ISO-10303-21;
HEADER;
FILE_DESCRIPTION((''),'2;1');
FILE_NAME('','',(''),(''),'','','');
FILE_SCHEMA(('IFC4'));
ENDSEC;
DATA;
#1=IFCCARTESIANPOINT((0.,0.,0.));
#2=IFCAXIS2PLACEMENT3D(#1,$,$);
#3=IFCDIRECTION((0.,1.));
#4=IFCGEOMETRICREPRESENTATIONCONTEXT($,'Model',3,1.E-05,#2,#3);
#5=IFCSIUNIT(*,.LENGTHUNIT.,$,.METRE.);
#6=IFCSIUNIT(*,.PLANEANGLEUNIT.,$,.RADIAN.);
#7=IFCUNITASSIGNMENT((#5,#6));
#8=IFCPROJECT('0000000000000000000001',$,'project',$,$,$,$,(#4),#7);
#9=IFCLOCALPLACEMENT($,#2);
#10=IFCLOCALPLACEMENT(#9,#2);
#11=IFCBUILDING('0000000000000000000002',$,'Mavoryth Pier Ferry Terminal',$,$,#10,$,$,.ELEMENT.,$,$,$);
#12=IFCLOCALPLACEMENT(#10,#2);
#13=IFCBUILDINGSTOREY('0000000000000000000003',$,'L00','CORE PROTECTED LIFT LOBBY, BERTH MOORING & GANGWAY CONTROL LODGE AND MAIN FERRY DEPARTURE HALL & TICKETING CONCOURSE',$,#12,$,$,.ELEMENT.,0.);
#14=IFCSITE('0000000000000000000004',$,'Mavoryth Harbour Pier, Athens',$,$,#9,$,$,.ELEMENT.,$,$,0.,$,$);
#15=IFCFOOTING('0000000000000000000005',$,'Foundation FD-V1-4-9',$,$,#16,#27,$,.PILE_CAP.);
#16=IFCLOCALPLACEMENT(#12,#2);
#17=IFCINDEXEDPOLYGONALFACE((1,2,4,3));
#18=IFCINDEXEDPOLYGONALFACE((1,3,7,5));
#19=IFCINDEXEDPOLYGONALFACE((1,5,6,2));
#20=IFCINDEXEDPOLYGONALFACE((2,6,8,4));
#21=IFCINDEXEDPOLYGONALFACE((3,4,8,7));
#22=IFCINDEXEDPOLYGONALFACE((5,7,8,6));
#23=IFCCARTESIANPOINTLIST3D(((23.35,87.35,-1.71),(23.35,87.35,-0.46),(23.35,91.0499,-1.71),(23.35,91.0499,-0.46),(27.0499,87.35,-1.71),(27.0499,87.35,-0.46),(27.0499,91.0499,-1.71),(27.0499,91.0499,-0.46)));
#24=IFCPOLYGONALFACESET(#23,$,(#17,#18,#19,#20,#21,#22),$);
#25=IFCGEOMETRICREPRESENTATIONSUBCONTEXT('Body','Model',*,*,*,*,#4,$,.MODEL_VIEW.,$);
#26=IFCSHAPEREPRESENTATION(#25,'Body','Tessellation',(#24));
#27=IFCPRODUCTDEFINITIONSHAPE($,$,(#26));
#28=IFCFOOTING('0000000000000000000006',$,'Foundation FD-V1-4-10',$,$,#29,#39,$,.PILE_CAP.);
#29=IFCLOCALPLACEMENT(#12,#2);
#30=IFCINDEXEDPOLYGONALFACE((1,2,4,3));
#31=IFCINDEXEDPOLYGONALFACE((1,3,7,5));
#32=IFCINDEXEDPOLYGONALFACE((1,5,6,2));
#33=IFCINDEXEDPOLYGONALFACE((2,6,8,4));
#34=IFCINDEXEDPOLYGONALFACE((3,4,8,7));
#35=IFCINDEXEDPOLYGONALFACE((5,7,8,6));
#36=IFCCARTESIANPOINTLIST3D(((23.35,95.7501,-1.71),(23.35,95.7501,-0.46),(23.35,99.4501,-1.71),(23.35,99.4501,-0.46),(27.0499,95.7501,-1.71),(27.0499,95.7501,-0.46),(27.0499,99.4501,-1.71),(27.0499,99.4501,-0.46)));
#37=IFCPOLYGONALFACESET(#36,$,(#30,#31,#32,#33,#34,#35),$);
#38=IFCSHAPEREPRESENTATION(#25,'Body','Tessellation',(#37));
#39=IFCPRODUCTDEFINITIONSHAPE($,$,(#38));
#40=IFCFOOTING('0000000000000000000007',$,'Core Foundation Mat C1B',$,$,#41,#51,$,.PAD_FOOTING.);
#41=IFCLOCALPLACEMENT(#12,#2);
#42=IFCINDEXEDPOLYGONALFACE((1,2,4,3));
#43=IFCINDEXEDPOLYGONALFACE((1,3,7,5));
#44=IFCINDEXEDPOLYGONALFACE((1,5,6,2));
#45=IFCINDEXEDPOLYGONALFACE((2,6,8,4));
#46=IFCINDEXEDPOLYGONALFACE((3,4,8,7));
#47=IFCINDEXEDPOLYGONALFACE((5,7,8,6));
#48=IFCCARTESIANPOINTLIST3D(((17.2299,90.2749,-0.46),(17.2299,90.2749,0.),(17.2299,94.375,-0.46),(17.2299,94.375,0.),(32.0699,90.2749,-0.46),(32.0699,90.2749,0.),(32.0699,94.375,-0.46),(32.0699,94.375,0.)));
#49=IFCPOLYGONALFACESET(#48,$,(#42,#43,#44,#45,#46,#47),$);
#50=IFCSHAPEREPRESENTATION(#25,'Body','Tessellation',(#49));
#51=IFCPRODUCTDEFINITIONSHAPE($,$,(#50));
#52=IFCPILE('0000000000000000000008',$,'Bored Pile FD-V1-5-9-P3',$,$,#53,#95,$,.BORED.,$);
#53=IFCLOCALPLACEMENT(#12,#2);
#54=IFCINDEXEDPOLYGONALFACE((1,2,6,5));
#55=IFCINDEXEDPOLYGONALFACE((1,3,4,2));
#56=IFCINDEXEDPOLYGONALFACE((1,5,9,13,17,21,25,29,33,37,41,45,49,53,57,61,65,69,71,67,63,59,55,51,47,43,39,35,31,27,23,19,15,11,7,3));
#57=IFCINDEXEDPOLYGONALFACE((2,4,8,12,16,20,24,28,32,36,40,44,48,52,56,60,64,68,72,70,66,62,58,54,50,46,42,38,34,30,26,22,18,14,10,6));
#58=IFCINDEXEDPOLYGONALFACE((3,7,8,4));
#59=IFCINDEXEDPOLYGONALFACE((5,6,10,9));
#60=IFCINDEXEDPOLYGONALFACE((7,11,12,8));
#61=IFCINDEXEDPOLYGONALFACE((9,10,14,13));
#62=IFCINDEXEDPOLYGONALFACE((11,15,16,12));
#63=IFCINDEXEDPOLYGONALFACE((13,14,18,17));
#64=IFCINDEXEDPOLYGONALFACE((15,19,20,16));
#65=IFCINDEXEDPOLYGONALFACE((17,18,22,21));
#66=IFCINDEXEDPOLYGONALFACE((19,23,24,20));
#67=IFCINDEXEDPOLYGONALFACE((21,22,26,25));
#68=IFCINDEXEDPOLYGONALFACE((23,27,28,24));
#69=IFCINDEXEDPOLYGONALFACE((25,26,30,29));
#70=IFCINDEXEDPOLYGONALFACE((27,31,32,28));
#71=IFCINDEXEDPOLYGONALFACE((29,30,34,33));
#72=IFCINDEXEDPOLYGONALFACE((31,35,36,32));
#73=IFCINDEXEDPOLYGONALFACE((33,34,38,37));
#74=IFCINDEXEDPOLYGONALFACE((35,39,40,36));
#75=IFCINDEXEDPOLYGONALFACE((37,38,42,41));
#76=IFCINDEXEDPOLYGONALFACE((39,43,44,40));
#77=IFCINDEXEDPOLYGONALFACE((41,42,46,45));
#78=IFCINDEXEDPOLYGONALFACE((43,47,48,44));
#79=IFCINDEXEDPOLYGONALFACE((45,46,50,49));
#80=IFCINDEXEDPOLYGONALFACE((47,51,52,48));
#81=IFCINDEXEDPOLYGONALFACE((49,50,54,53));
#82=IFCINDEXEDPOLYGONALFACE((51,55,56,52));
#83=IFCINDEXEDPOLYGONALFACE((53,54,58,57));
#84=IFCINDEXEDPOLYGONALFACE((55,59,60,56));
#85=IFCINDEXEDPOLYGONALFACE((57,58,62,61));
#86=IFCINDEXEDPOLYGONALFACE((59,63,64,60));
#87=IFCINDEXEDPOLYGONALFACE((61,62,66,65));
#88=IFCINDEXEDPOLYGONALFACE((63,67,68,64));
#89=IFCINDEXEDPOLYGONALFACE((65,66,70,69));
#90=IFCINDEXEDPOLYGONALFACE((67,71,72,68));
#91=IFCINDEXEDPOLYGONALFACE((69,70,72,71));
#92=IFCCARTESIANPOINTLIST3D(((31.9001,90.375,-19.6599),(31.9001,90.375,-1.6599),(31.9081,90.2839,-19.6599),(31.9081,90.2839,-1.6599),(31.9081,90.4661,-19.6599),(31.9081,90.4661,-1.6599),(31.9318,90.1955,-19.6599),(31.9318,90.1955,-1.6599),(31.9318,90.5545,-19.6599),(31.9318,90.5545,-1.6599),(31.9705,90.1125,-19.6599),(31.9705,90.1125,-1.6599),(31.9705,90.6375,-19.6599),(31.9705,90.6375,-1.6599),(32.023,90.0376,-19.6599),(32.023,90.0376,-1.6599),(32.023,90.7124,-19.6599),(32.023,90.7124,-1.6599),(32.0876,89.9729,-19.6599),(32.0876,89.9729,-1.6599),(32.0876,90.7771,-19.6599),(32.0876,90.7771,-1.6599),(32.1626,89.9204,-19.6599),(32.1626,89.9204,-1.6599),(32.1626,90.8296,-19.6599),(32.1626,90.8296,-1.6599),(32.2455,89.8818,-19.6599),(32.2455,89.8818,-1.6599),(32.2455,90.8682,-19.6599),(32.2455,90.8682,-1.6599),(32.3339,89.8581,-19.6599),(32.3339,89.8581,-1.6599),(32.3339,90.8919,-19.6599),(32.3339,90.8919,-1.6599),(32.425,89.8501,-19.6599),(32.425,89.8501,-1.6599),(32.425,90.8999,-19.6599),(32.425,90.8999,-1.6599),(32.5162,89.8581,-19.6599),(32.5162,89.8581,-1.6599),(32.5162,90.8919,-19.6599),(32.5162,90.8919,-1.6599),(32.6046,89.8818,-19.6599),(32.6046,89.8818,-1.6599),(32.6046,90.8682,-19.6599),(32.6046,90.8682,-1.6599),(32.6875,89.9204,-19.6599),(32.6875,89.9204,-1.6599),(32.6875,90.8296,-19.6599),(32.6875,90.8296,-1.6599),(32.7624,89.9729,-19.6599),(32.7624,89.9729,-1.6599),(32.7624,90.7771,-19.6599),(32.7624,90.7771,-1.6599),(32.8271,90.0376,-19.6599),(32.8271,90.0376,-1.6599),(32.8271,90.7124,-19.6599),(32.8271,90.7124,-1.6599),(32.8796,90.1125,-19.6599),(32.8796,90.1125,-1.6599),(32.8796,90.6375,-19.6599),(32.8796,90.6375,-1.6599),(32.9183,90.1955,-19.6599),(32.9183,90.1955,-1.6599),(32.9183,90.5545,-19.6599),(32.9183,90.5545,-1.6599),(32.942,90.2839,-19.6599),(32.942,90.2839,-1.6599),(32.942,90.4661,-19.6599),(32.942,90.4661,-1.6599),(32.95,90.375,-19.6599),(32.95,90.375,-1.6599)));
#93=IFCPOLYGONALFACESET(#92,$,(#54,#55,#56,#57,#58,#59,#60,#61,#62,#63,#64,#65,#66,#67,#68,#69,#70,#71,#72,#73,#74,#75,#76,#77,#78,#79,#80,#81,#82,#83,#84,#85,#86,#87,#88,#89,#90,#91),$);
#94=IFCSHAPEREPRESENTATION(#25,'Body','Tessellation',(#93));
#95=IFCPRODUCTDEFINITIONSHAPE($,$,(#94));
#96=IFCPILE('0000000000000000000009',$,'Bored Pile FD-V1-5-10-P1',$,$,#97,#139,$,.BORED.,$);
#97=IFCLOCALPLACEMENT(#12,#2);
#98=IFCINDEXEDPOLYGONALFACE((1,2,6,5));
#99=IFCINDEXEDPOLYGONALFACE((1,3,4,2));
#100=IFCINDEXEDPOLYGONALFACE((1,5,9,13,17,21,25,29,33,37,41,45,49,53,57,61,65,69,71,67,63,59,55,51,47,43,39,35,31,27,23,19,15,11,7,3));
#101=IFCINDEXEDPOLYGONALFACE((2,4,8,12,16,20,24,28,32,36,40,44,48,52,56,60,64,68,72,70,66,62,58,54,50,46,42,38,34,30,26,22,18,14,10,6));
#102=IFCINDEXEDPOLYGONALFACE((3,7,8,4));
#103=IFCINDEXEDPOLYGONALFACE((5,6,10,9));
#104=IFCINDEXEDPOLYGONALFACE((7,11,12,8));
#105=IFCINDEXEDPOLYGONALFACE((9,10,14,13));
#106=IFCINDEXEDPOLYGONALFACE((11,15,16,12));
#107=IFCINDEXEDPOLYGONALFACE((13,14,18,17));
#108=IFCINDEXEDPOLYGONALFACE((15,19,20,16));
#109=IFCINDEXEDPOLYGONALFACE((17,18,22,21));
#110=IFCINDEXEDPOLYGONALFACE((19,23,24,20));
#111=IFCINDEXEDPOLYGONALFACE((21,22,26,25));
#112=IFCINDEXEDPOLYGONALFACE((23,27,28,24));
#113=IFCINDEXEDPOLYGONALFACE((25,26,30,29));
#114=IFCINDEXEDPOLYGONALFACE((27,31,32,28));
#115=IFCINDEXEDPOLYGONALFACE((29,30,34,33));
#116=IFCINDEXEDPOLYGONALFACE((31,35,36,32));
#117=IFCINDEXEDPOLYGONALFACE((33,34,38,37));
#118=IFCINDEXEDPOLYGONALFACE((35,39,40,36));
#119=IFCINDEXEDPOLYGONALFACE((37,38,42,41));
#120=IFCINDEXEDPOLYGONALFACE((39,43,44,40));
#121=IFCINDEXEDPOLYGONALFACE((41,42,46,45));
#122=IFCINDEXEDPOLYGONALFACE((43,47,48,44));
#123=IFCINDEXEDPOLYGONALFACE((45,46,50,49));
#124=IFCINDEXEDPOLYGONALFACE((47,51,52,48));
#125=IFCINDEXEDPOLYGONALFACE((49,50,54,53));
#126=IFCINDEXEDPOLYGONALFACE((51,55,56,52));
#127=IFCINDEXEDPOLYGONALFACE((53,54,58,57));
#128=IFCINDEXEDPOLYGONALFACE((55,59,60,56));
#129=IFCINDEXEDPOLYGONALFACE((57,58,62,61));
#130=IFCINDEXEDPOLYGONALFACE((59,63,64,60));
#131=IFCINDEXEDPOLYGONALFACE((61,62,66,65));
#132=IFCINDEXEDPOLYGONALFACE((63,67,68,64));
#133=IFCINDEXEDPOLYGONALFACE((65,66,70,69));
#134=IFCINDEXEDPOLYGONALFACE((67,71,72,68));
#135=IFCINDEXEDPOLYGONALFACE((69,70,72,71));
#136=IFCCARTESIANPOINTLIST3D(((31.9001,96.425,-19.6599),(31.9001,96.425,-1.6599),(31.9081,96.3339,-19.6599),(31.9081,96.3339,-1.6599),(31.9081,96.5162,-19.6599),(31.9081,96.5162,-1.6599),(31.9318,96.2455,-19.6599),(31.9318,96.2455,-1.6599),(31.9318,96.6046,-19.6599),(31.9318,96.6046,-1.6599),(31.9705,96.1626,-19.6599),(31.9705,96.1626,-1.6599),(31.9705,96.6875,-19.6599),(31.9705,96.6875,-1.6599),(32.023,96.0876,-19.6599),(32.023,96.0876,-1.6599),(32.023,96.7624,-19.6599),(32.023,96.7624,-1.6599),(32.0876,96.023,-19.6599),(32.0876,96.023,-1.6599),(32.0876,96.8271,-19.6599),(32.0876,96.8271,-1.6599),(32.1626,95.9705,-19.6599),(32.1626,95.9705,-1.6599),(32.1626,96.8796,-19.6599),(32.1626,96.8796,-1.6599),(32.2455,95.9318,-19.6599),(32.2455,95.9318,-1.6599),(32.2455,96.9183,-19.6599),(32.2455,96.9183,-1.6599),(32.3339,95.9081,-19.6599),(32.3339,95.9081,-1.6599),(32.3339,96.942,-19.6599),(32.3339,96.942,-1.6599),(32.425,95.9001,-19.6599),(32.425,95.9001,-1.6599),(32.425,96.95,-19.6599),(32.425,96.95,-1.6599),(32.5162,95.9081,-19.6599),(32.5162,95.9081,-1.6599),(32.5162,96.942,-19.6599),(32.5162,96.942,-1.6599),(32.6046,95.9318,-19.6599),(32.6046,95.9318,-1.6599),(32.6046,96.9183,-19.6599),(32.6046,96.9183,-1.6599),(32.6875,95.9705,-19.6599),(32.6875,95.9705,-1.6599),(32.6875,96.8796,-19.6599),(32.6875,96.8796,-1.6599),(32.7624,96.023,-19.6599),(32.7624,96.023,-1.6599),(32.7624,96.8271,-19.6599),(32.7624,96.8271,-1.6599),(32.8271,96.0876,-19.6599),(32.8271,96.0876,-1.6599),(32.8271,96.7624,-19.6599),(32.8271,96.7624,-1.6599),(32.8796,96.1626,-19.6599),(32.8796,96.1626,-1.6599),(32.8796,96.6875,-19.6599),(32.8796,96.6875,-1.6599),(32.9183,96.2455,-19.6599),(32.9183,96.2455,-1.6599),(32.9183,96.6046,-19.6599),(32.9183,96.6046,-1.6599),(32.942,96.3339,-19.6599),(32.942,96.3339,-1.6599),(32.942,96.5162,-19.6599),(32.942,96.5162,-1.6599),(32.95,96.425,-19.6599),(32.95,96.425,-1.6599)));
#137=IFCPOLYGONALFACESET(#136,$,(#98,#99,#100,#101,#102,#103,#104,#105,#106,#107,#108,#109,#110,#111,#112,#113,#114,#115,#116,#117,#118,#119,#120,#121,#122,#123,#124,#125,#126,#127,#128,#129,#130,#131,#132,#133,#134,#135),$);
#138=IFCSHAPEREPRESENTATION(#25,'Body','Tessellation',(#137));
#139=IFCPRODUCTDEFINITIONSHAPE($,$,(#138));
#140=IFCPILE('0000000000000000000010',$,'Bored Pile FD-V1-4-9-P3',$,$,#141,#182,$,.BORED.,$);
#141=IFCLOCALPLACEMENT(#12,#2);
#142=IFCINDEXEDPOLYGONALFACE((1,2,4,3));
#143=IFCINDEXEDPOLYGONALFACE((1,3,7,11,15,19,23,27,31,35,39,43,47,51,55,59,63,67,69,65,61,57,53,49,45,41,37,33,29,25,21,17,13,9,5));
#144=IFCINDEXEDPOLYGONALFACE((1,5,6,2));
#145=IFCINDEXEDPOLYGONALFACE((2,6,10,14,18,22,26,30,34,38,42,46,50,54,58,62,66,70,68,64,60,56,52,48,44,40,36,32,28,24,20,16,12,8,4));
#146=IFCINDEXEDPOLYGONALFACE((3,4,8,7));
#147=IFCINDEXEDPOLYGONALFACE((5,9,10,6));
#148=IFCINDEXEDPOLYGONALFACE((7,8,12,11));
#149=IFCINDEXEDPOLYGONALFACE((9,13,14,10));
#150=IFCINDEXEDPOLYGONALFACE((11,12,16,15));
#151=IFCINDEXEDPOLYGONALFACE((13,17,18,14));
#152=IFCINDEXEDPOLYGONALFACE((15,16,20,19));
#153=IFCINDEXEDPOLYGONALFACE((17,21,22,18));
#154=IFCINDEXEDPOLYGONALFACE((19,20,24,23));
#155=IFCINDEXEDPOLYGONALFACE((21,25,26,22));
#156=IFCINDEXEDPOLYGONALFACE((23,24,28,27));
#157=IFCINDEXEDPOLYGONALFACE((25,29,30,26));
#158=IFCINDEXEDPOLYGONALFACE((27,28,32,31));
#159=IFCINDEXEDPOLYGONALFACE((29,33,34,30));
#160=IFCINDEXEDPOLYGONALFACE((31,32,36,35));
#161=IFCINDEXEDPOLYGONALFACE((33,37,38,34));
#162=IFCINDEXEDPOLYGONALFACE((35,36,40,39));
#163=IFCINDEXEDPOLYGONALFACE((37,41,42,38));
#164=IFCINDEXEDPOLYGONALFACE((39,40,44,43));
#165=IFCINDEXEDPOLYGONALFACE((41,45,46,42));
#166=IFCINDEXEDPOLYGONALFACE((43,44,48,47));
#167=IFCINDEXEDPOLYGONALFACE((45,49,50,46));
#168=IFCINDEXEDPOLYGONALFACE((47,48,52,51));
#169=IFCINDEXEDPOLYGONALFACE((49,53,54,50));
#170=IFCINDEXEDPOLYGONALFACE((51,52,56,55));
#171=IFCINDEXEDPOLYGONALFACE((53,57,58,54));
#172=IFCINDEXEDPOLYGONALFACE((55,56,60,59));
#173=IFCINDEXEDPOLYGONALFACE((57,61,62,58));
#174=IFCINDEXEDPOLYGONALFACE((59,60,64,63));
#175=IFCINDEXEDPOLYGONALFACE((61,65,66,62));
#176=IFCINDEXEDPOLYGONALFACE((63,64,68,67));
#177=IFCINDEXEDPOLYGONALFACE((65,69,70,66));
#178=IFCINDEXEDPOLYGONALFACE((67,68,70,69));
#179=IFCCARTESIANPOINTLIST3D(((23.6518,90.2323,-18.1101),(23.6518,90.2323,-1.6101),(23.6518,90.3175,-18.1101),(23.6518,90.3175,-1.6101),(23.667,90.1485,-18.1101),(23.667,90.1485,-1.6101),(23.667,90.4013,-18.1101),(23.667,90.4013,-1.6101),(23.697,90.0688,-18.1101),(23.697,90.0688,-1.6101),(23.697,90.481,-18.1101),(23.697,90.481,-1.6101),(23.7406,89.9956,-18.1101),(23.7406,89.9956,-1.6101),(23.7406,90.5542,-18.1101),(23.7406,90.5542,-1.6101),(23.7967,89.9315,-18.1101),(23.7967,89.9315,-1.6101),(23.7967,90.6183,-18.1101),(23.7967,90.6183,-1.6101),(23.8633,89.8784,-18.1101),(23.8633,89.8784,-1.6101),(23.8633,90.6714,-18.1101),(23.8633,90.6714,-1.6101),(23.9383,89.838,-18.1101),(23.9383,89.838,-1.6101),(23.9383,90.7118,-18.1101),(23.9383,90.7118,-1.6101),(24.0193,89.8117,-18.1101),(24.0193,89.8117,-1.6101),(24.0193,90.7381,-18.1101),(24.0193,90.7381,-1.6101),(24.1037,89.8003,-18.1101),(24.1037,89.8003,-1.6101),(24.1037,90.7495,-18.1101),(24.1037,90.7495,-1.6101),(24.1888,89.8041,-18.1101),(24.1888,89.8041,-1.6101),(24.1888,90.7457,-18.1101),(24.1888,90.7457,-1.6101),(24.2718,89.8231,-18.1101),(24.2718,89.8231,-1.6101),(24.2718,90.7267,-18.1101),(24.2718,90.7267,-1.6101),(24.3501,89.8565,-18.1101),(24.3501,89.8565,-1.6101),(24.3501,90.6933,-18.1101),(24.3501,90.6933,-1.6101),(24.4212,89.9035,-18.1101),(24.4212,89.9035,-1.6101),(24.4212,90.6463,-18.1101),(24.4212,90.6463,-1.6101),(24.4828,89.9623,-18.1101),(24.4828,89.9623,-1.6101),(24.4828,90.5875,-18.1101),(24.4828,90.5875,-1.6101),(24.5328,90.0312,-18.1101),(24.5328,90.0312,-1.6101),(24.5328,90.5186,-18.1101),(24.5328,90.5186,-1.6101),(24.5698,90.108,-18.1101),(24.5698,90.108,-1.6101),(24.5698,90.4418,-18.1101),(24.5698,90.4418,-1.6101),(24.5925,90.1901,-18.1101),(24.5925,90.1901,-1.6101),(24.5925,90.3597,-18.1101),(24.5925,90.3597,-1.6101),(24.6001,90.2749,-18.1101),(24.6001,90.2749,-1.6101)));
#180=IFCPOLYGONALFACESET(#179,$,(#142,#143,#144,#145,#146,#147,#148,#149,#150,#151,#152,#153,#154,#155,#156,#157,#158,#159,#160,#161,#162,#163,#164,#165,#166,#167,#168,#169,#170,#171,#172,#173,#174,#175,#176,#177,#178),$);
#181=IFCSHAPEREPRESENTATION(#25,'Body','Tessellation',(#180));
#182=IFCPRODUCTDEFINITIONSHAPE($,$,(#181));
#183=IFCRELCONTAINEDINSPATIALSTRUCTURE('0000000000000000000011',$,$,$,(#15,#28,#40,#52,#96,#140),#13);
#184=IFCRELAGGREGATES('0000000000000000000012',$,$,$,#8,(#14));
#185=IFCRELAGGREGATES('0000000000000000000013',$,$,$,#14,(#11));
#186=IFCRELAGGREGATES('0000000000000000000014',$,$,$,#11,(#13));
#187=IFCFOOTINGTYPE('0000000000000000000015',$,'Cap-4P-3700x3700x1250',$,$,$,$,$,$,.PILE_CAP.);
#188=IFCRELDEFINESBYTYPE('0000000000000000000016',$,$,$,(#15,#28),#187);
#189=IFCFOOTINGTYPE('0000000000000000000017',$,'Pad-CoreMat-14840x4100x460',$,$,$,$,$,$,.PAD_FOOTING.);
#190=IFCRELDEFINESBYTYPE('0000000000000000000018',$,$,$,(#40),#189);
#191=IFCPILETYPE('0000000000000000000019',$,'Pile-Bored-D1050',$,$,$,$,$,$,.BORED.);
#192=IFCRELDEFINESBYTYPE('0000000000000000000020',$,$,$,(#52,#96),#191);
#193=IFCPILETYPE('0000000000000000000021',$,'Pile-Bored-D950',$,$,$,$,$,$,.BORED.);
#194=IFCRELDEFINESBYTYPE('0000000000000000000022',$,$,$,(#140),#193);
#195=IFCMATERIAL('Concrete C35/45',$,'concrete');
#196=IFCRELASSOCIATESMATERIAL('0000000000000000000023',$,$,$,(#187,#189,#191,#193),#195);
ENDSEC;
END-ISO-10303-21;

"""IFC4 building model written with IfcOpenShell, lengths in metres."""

from ifc_helpers import new_model, si_unit, direction, frame, origin, origin_2d, place, context, subcontext, project, spatial, rectangle, circle, extrude, material, material_profile, profile_set, type_object, element, save


model = new_model("IFC4")

# Units and contexts
model_context = context("Model", 3, precision=1e-05, world=origin(), true_north=direction((0.0, 1.0)))
body_context = subcontext(model_context, "Body", "Model", "MODEL_VIEW")
ifc_project = project(units=[si_unit("LENGTHUNIT", "METRE"), si_unit("PLANEANGLEUNIT", "RADIAN")], contexts=[model_context])

# Site, building, storey
site_placement = place(None, origin())
site = spatial("IfcSite", under=ifc_project, at=site_placement, Name="Mavoryth Harbour Pier, Athens", CompositionType="ELEMENT", RefElevation=0.0)
building_placement = place(site_placement, origin())
building = spatial("IfcBuilding", under=site, at=building_placement, Name="Mavoryth Pier Ferry Terminal", CompositionType="ELEMENT")
storey_placement = place(building_placement, origin())
storey = spatial("IfcBuildingStorey", under=building, at=storey_placement, Name="L00", Description="CORE PROTECTED LIFT LOBBY, BERTH MOORING & GANGWAY CONTROL LODGE AND MAIN FERRY DEPARTURE HALL & TICKETING CONCOURSE", CompositionType="ELEMENT", Elevation=0.0)

# Footings
ifc_material_1 = material(Name="Concrete C35/45", Category="concrete")
footing_type_1 = type_object("IfcFootingType", Name="Cap-4P-3700x3700x1250", PredefinedType="PILE_CAP", material=ifc_material_1)
for number, where, z_axis, x_axis, name in (
    (1, (25.2, 89.2, -1.71), (0.0, 0.0, 1.0), (1.0, 0.0, 0.0), "Foundation FD-V1-4-9"),
    (2, (25.2, 97.6001, -1.71), (0.0, 0.0, 1.0), (1.0, 0.0, 0.0), "Foundation FD-V1-4-10"),
):
    element("IfcFooting", number, at=place(storey_placement, frame(where, z_axis=z_axis, x_axis=x_axis)), inside=storey, type_object=footing_type_1, Name=name, PredefinedType="PILE_CAP", context=body_context, shape_type="SweptSolid", body=[
        extrude(rectangle(XDim=3.7, YDim=3.7, at=origin_2d()), origin(), (0.0, 0.0, 1.0), 1.25),
    ])
footing_type_2 = type_object("IfcFootingType", Name="Pad-CoreMat-14840x4100x460", PredefinedType="PAD_FOOTING", material=ifc_material_1)
footing_1_placement = place(storey_placement, frame((24.6499, 92.325, -0.46), z_axis=(0.0, 0.0, 1.0), x_axis=(1.0, 0.0, 0.0)))
element("IfcFooting", 3, at=footing_1_placement, inside=storey, type_object=footing_type_2, Name="Core Foundation Mat C1B", PredefinedType="PAD_FOOTING", context=body_context, shape_type="SweptSolid", body=[
    extrude(rectangle(XDim=14.8401, YDim=4.1001, at=origin_2d()), origin(), (0.0, 0.0, 1.0), 0.46),
])

# Piles
ifc_material_profile_1 = material_profile(ifc_material_1, circle(Radius=0.5249, at=origin_2d()), Name="PILE D1050", Category="concrete")
ifc_profile_set_1 = profile_set([ifc_material_profile_1], Name="Concrete C35/45 - PILE D1050")
pile_type_1 = type_object("IfcPileType", Name="Pile-Bored-D1050", PredefinedType="BORED", material=ifc_profile_set_1)
for number, where, z_axis, x_axis, name in (
    (4, (32.425, 90.375, -1.6599), (0.0, 0.0, -1.0), (1.0, 0.0, 0.0), "Bored Pile FD-V1-5-9-P3"),
    (5, (32.425, 96.425, -1.6599), (0.0, 0.0, -1.0), (1.0, 0.0, 0.0), "Bored Pile FD-V1-5-10-P1"),
):
    element("IfcPile", number, at=place(storey_placement, frame(where, z_axis=z_axis, x_axis=x_axis)), inside=storey, type_object=pile_type_1, Name=name, PredefinedType="BORED", context=body_context, shape_type="SweptSolid", body=[
        extrude(circle(Radius=0.5249, at=origin_2d()), origin(), (0.0, 0.0, 1.0), 18.0),
    ])
ifc_material_profile_2 = material_profile(ifc_material_1, circle(Radius=0.4751, at=origin_2d()), Name="PILE D950", Category="concrete")
ifc_profile_set_2 = profile_set([ifc_material_profile_2], Name="Concrete C35/45 - PILE D950")
pile_type_2 = type_object("IfcPileType", Name="Pile-Bored-D950", PredefinedType="BORED", material=ifc_profile_set_2)
for number, where, z_axis, x_axis, name in (
    (6, (24.125, 90.2749, -1.6101), (0.0, 0.0, -1.0), (1.0, 0.0, 0.0), "Bored Pile FD-V1-4-9-P3"),
):
    element("IfcPile", number, at=place(storey_placement, frame(where, z_axis=z_axis, x_axis=x_axis)), inside=storey, type_object=pile_type_2, Name=name, PredefinedType="BORED", context=body_context, shape_type="SweptSolid", body=[
        extrude(circle(Radius=0.4751, at=origin_2d()), origin(), (0.0, 0.0, 1.0), 16.5),
    ])

save(model, "model.ifc")
